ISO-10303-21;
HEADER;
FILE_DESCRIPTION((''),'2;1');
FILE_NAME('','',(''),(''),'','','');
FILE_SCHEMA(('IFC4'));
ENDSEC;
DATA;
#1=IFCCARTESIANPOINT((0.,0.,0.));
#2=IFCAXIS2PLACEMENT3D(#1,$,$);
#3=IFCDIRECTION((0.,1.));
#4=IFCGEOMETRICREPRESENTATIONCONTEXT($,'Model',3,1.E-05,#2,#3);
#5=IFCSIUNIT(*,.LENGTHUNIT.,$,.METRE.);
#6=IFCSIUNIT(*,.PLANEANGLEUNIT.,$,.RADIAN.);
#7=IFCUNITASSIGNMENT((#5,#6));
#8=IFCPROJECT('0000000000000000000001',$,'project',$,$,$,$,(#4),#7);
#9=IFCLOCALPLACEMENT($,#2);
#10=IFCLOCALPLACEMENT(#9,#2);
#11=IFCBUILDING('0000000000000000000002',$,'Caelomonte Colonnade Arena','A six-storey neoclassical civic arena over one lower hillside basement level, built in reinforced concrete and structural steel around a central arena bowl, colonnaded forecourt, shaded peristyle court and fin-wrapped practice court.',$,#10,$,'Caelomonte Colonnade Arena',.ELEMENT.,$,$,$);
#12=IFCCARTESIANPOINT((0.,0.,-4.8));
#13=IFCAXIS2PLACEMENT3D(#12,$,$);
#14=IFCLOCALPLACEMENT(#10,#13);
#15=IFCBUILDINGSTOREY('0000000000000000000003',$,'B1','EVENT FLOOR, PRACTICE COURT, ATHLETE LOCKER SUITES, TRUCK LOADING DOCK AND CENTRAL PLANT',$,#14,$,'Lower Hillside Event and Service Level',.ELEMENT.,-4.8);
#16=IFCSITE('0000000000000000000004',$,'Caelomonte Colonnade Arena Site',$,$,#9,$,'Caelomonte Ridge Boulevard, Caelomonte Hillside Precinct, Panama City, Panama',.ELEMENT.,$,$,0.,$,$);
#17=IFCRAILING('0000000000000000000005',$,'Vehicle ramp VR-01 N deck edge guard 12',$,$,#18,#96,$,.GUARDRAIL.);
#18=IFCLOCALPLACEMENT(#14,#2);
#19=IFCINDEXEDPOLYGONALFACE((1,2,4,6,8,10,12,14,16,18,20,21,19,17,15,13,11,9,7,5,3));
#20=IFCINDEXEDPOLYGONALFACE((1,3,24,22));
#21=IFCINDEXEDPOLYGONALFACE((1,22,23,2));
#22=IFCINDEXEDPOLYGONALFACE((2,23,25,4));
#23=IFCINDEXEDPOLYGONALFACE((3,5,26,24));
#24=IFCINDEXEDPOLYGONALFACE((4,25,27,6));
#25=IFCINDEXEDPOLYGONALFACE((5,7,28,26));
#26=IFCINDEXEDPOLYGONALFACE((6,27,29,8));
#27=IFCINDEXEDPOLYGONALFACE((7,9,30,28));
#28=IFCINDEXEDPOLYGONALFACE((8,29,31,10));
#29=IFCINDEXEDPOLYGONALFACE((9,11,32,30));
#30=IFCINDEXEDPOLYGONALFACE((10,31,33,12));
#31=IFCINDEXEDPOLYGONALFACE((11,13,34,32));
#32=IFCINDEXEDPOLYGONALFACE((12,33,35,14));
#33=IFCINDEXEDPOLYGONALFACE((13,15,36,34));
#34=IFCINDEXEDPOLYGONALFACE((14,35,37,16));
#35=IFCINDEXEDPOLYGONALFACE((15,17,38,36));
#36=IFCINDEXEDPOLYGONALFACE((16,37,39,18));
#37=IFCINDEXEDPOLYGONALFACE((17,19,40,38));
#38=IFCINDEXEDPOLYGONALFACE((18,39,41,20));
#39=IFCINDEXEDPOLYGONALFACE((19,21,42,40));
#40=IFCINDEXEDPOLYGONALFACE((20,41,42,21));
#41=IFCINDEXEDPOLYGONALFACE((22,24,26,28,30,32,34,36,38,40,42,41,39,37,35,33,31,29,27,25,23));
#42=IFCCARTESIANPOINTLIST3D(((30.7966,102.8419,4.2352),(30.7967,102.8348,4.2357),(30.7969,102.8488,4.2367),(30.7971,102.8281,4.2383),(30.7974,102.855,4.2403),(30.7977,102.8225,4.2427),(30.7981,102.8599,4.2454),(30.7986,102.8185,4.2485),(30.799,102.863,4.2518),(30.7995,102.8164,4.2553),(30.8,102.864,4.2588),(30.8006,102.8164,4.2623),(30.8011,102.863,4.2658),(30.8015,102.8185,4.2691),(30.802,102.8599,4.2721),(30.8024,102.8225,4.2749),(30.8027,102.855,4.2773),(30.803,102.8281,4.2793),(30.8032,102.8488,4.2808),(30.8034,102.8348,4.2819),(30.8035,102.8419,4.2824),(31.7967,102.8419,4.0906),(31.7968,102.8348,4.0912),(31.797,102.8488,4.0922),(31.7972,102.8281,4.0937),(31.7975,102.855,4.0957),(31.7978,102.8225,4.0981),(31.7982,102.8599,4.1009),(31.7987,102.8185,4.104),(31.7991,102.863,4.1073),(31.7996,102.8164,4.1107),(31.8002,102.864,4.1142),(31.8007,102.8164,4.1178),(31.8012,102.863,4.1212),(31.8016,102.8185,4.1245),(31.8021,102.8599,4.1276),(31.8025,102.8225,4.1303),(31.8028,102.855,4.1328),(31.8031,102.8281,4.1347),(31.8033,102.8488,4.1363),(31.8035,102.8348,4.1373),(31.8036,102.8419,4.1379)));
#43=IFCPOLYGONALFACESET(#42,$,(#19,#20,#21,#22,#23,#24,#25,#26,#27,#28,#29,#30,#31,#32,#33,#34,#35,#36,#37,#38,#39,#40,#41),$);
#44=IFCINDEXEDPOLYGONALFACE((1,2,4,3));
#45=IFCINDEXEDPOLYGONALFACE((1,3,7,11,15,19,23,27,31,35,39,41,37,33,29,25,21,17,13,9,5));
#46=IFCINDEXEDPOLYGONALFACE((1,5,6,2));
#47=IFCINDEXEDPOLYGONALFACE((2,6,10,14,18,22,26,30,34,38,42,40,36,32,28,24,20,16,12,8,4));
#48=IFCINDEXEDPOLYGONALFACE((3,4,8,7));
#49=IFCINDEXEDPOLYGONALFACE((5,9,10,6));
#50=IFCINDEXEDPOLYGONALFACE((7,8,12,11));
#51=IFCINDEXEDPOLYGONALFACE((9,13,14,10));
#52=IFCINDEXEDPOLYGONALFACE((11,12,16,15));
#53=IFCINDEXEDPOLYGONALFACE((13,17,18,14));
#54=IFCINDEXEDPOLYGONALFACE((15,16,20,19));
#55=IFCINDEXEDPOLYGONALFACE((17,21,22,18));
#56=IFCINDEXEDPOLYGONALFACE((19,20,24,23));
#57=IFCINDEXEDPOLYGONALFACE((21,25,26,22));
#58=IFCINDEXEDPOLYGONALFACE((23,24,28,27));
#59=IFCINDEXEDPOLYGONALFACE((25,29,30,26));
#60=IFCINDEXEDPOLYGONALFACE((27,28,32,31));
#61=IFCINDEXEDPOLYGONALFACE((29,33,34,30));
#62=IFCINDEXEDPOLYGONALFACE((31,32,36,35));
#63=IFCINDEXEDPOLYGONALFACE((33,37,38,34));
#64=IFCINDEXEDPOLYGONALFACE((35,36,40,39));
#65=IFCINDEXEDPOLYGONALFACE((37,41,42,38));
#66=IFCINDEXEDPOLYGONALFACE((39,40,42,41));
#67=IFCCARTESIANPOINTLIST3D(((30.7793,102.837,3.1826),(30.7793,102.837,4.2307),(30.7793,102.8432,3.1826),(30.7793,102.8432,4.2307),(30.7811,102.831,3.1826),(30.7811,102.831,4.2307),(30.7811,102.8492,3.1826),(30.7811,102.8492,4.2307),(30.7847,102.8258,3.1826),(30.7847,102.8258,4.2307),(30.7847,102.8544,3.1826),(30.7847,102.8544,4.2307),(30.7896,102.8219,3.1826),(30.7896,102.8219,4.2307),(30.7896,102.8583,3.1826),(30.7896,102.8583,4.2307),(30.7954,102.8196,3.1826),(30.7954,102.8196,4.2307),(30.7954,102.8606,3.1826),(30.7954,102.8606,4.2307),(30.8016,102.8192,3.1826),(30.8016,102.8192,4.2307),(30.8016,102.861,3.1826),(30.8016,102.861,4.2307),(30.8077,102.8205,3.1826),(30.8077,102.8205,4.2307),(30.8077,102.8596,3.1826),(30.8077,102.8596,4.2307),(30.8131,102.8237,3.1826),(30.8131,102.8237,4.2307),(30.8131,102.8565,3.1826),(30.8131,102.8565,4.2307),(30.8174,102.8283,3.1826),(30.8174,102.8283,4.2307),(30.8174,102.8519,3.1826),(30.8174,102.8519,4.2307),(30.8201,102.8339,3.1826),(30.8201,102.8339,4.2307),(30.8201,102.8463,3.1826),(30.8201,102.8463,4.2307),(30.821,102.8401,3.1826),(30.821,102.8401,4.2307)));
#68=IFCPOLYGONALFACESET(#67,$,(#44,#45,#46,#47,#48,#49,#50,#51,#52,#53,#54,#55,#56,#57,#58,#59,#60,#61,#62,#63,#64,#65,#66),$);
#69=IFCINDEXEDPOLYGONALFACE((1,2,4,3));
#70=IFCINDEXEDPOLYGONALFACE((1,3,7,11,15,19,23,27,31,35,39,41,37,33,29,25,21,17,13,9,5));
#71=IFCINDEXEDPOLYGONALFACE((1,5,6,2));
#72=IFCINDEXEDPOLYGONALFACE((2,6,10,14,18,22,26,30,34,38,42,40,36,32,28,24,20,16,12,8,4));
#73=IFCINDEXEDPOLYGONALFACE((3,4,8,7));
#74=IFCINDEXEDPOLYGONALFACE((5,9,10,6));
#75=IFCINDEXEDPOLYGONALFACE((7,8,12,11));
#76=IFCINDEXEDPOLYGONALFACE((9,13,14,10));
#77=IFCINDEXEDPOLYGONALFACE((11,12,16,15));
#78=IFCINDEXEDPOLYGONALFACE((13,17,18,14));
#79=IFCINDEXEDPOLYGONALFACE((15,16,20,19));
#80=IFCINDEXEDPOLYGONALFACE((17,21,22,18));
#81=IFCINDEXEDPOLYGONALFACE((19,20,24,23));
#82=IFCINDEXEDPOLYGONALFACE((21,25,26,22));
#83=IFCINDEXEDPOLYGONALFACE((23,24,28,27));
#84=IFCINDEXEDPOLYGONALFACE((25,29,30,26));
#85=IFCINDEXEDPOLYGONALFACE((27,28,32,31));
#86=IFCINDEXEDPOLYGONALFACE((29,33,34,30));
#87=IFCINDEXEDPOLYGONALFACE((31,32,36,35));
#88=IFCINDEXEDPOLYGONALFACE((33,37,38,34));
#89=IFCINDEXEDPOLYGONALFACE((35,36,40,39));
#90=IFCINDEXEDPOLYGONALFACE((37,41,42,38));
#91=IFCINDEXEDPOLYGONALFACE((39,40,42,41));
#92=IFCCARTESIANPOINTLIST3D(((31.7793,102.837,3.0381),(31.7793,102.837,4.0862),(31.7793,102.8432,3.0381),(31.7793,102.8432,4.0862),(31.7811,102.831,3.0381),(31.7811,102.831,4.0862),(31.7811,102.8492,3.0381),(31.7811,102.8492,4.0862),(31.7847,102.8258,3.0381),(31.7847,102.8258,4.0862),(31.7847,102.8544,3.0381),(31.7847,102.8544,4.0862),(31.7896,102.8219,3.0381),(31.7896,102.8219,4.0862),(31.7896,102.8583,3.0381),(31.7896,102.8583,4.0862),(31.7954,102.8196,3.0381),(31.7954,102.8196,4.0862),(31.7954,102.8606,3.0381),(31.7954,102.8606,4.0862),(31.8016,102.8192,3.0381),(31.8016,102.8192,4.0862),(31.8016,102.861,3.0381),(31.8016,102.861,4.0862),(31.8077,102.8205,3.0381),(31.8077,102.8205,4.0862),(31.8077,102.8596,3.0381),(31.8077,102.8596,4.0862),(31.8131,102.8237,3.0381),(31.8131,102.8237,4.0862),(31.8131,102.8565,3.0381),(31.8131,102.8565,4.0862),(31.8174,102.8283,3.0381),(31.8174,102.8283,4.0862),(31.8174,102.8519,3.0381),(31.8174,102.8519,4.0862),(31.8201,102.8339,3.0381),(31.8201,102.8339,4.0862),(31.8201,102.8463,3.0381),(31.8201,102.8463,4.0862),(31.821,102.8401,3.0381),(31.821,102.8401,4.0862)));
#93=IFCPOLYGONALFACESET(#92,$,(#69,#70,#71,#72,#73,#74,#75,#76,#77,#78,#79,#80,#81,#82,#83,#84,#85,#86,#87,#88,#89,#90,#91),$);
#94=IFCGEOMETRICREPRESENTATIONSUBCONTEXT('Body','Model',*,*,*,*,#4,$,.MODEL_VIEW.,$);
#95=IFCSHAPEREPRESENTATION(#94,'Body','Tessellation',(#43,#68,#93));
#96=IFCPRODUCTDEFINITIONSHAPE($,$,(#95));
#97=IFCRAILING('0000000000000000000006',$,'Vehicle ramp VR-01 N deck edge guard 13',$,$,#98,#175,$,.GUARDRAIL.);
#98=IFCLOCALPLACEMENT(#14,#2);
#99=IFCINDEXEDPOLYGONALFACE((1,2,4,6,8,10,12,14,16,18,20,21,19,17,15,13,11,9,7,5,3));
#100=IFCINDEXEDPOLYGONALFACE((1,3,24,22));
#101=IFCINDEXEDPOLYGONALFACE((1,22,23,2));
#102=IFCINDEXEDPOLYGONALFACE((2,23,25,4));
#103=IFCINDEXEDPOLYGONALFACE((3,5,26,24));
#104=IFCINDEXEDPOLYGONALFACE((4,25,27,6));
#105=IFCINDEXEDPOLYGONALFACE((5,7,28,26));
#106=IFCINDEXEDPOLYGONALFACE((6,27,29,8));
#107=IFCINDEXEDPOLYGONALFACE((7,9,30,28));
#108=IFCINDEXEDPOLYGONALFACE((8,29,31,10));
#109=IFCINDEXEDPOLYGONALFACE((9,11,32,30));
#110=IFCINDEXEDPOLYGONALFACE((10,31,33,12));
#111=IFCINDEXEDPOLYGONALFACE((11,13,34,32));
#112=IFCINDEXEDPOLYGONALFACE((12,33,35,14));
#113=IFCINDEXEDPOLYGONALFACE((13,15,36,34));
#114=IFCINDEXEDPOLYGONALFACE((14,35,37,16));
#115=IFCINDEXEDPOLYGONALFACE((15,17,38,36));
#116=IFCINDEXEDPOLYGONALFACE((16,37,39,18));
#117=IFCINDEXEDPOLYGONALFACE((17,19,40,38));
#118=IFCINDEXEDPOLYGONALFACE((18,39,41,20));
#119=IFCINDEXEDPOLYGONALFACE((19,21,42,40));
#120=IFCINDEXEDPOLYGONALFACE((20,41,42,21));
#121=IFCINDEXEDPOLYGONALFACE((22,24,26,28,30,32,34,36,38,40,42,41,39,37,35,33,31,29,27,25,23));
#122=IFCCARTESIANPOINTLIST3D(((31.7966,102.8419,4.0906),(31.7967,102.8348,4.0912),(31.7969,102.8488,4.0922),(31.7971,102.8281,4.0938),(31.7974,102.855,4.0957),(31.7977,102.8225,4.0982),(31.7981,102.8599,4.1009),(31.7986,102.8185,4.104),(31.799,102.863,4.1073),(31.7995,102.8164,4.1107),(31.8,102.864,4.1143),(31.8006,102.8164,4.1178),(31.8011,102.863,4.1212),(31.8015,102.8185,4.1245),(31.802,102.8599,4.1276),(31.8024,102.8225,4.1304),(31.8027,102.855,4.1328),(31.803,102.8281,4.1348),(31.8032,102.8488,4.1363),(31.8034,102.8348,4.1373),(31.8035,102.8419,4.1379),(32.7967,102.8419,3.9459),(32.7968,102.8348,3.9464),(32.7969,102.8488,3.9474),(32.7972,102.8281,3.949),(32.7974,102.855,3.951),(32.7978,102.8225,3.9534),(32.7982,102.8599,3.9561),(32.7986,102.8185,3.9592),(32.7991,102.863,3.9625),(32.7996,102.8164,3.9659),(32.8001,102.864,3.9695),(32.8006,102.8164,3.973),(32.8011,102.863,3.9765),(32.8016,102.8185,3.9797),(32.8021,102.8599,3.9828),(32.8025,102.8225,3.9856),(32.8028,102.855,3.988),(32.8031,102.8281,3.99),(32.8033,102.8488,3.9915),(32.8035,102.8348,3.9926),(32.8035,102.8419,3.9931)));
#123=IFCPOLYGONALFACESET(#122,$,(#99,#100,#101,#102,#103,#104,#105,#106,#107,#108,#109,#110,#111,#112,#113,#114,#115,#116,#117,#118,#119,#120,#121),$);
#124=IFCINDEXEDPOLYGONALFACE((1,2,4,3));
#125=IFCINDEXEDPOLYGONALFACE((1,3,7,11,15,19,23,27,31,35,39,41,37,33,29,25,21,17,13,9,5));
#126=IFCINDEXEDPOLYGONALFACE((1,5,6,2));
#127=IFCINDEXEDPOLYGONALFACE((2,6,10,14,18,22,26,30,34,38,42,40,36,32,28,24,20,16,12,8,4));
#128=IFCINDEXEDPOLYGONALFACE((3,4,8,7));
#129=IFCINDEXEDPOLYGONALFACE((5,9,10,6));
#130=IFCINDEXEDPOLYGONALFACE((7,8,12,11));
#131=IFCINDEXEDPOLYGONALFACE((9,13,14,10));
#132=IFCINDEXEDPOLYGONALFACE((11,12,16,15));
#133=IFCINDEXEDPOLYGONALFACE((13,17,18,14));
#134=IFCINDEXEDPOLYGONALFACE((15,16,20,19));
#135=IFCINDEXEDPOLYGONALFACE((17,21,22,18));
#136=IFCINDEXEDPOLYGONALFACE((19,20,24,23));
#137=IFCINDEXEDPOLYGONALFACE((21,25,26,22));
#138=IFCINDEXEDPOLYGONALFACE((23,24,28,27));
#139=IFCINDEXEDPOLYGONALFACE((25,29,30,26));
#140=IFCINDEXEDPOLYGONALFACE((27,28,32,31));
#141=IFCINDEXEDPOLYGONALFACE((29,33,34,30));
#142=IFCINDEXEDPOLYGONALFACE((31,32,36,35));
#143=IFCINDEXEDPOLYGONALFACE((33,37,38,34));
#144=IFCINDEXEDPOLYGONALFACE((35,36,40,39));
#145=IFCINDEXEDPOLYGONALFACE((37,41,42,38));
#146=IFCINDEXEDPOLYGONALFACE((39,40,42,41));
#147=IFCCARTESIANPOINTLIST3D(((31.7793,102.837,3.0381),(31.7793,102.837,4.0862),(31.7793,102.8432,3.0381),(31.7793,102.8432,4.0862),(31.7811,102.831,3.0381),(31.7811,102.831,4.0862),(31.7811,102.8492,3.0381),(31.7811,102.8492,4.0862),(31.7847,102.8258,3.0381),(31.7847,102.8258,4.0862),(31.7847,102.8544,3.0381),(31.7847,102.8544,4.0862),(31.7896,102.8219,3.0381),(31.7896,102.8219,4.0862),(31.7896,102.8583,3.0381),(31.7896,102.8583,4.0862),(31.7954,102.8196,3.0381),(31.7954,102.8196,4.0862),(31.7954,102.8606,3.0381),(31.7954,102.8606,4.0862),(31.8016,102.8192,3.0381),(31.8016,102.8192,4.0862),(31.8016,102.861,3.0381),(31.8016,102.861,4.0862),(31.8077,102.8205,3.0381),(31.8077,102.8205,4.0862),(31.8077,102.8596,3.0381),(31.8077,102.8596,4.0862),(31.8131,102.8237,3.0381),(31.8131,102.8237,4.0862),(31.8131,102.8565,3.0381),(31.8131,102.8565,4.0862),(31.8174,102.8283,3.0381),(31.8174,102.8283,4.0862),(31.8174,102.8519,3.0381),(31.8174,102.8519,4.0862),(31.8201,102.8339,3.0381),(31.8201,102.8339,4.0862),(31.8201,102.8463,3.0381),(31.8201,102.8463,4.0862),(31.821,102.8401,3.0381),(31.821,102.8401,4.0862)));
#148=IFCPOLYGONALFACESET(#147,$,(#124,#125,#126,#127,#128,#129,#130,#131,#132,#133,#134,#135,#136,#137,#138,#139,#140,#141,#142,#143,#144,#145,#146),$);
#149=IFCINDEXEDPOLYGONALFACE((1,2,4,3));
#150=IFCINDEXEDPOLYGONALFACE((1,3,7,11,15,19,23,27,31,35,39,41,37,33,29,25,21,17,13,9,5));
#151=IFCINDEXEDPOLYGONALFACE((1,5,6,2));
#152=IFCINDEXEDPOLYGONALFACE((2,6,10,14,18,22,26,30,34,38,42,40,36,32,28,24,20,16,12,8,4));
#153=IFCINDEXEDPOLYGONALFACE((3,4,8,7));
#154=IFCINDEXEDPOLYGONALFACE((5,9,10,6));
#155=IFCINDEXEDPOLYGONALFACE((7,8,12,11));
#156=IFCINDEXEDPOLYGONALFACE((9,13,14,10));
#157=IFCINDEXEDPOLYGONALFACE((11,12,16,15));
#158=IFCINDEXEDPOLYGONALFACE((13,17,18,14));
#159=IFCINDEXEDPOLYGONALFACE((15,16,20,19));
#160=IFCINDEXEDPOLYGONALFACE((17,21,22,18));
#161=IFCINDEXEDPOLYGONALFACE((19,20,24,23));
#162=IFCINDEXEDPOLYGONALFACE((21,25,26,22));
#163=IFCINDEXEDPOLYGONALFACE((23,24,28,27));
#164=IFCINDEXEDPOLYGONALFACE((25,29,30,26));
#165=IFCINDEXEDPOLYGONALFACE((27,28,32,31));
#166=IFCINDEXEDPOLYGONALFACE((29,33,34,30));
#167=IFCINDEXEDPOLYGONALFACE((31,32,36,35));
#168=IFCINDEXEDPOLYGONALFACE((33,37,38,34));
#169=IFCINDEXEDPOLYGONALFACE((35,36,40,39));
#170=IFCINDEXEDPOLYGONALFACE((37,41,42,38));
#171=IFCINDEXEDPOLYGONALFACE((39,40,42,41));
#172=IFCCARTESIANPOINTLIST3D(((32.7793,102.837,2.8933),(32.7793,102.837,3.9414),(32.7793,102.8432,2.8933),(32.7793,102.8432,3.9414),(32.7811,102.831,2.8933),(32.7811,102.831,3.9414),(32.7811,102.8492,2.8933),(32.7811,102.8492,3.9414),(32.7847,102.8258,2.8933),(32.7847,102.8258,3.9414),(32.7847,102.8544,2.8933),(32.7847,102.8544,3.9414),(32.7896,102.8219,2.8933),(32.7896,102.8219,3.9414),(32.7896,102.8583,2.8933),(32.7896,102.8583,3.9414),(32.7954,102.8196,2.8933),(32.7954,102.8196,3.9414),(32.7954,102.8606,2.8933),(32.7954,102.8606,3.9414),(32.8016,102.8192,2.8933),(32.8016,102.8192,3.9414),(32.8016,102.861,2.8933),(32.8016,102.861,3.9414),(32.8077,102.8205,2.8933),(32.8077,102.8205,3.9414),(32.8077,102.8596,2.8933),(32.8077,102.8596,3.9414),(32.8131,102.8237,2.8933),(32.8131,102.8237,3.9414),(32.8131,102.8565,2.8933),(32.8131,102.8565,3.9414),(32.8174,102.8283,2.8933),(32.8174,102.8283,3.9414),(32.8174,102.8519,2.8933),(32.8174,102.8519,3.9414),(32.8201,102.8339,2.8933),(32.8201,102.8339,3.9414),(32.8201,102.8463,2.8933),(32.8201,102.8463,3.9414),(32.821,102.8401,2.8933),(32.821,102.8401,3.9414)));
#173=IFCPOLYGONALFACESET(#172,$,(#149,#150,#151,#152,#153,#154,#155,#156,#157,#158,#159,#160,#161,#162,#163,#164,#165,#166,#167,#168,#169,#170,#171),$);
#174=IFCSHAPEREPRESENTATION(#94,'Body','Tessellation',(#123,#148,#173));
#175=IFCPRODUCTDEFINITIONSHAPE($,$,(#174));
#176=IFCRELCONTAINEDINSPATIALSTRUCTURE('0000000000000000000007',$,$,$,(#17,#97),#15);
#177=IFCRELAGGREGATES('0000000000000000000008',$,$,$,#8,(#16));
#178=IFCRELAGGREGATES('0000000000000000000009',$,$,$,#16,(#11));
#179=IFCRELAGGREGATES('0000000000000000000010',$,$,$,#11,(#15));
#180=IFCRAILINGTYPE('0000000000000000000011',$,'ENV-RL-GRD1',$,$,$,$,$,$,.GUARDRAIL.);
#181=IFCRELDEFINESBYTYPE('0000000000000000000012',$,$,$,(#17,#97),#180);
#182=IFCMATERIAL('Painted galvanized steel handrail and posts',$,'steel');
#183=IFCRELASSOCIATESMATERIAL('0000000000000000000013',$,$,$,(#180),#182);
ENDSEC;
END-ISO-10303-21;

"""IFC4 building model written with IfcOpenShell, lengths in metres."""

from ifc_helpers import new_model, si_unit, direction, frame, origin, origin_2d, place, context, subcontext, project, spatial, circle, extrude, material, type_object, element, save


model = new_model("IFC4")

# Units and contexts
model_context = context("Model", 3, precision=1e-05, world=origin(), true_north=direction((0.0, 1.0)))
body_context = subcontext(model_context, "Body", "Model", "MODEL_VIEW")
ifc_project = project(units=[si_unit("LENGTHUNIT", "METRE"), si_unit("PLANEANGLEUNIT", "RADIAN")], contexts=[model_context])

# Site, building, storey
site_placement = place(None, origin())
site = spatial("IfcSite", under=ifc_project, at=site_placement, Name="Caelomonte Colonnade Arena Site", LongName="Caelomonte Ridge Boulevard, Caelomonte Hillside Precinct, Panama City, Panama", CompositionType="ELEMENT", RefElevation=0.0)
building_placement = place(site_placement, origin())
building = spatial("IfcBuilding", under=site, at=building_placement, Name="Caelomonte Colonnade Arena", Description="A six-storey neoclassical civic arena over one lower hillside basement level, built in reinforced concrete and structural steel around a central arena bowl, colonnaded forecourt, shaded peristyle court and fin-wrapped practice court.", LongName="Caelomonte Colonnade Arena", CompositionType="ELEMENT")
storey_placement = place(building_placement, frame((0.0, 0.0, -4.8)))
storey = spatial("IfcBuildingStorey", under=building, at=storey_placement, Name="B1", Description="EVENT FLOOR, PRACTICE COURT, ATHLETE LOCKER SUITES, TRUCK LOADING DOCK AND CENTRAL PLANT", LongName="Lower Hillside Event and Service Level", CompositionType="ELEMENT", Elevation=-4.8)

# Railings
ifc_material_1 = material(Name="Painted galvanized steel handrail and posts", Category="steel")
railing_type = type_object("IfcRailingType", Name="ENV-RL-GRD1", PredefinedType="GUARDRAIL", material=ifc_material_1)
railing_1_placement = place(storey_placement, frame((30.8, 102.8401, 3.1826)))
element("IfcRailing", 1, at=railing_1_placement, inside=storey, type_object=railing_type, Name="Vehicle ramp VR-01 N deck edge guard 12", PredefinedType="GUARDRAIL", context=body_context, shape_type="SweptSolid", body=[
    extrude(circle(Radius=0.0239, at=origin_2d()), frame((0.0, 0.0, 1.0762), z_axis=(0.989716, 0.0, -0.143045), x_axis=(0.0, 1.0, 0.0)), (0.0, 0.0, 1.0), 1.0105),
    extrude(circle(Radius=0.021, at=origin_2d()), origin(), (0.0, 0.0, 1.0), 1.0481),
    extrude(circle(Radius=0.021, at=origin_2d()), frame((1.0, 0.0, -0.1445)), (0.0, 0.0, 1.0), 1.0481),
])
railing_2_placement = place(storey_placement, frame((31.8, 102.8401, 3.0381)))
element("IfcRailing", 2, at=railing_2_placement, inside=storey, type_object=railing_type, Name="Vehicle ramp VR-01 N deck edge guard 13", PredefinedType="GUARDRAIL", context=body_context, shape_type="SweptSolid", body=[
    extrude(circle(Radius=0.0239, at=origin_2d()), frame((0.0, 0.0, 1.0762), z_axis=(0.989682, 0.0, -0.143282), x_axis=(0.0, 1.0, 0.0)), (0.0, 0.0, 1.0), 1.0105),
    extrude(circle(Radius=0.021, at=origin_2d()), origin(), (0.0, 0.0, 1.0), 1.0481),
    extrude(circle(Radius=0.021, at=origin_2d()), frame((1.0, 0.0, -0.1448)), (0.0, 0.0, 1.0), 1.0481),
])

save(model, "model.ifc")
